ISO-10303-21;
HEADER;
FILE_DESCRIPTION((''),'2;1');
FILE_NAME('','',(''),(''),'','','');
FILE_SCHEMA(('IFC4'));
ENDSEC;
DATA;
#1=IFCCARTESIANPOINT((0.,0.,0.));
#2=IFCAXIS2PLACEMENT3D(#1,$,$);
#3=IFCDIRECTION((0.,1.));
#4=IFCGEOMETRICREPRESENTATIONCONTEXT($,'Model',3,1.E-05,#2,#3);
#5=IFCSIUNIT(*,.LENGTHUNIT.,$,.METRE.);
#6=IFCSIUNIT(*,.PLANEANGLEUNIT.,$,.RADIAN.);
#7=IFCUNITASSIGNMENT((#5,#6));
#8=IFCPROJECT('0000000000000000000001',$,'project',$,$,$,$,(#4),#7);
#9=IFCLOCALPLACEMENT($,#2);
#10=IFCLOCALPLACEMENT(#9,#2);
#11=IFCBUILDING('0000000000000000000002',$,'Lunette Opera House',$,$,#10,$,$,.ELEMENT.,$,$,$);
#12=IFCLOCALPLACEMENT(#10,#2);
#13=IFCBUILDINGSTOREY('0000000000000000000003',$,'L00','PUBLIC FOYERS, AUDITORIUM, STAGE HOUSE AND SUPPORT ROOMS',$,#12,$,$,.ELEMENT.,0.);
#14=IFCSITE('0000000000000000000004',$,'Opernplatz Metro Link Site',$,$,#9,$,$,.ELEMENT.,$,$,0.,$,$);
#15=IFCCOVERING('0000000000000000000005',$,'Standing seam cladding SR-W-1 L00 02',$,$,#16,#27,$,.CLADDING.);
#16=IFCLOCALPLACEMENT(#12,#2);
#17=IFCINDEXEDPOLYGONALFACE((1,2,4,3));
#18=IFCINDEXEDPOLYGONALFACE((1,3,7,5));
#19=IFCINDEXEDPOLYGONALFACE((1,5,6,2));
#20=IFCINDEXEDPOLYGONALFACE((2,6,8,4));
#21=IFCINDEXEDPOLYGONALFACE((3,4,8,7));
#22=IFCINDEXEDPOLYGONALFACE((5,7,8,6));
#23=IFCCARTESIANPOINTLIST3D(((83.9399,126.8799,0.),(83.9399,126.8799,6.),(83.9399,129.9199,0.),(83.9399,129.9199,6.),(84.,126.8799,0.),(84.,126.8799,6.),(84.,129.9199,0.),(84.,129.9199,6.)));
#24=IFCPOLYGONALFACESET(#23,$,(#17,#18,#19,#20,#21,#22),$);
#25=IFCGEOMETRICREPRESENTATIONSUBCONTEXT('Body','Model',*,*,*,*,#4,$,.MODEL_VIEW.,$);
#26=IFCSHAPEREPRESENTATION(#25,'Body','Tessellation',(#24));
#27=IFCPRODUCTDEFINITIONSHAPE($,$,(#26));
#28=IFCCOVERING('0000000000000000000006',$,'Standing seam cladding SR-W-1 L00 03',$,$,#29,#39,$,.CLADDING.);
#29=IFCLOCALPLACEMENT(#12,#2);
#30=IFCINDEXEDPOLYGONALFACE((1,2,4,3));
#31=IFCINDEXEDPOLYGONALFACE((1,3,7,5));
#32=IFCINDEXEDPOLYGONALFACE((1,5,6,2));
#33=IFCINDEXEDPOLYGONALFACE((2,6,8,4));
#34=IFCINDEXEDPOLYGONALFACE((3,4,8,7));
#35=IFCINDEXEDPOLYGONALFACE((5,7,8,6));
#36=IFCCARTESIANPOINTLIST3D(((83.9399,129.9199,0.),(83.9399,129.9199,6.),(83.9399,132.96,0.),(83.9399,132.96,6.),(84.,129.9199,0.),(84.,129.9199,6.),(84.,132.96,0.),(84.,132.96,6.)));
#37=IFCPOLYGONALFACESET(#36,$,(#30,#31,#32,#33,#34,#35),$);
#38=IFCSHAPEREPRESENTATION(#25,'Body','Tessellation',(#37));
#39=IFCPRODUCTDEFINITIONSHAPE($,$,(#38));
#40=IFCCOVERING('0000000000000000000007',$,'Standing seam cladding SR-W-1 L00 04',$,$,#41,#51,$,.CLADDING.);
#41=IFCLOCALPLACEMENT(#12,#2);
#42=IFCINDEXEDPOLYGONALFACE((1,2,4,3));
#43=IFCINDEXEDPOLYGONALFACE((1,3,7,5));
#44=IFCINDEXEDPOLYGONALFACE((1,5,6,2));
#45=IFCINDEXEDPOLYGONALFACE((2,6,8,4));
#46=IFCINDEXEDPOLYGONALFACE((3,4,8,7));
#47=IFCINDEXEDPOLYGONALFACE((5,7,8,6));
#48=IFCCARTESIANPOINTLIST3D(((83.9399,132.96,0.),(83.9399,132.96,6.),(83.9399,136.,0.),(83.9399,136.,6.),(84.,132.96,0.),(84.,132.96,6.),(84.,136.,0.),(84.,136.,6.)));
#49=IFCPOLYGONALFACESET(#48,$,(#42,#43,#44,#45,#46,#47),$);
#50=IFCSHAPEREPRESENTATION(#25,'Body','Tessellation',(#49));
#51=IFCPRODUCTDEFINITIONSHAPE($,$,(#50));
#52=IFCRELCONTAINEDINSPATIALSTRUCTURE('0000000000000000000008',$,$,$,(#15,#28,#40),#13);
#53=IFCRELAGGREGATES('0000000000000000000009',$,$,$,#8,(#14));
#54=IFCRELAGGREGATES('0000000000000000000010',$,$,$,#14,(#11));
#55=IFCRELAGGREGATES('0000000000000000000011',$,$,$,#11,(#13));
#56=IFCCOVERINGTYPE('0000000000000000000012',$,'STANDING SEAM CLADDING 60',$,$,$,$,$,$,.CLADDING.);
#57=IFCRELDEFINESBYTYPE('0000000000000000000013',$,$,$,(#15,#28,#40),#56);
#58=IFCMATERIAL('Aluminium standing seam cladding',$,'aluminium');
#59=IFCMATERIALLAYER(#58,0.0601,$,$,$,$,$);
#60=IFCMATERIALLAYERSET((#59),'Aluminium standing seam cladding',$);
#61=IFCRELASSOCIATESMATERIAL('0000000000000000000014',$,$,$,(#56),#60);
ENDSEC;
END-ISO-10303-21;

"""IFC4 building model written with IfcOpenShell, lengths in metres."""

from ifc_helpers import new_model, si_unit, direction, frame, origin, origin_2d, place, context, subcontext, project, spatial, rectangle, extrude, material, layer, layer_set, type_object, element, save


model = new_model("IFC4")

# Units and contexts
model_context = context("Model", 3, precision=1e-05, world=origin(), true_north=direction((0.0, 1.0)))
body_context = subcontext(model_context, "Body", "Model", "MODEL_VIEW")
ifc_project = project(units=[si_unit("LENGTHUNIT", "METRE"), si_unit("PLANEANGLEUNIT", "RADIAN")], contexts=[model_context])

# Site, building, storey
site_placement = place(None, origin())
site = spatial("IfcSite", under=ifc_project, at=site_placement, Name="Opernplatz Metro Link Site", CompositionType="ELEMENT", RefElevation=0.0)
building_placement = place(site_placement, origin())
building = spatial("IfcBuilding", under=site, at=building_placement, Name="Lunette Opera House", CompositionType="ELEMENT")
storey_placement = place(building_placement, origin())
storey = spatial("IfcBuildingStorey", under=building, at=storey_placement, Name="L00", Description="PUBLIC FOYERS, AUDITORIUM, STAGE HOUSE AND SUPPORT ROOMS", CompositionType="ELEMENT", Elevation=0.0)

# Coverings
ifc_material_1 = material(Name="Aluminium standing seam cladding", Category="aluminium")
ifc_layer_1 = layer(ifc_material_1, 0.0601)
ifc_layer_set_1 = layer_set([ifc_layer_1], Name="Aluminium standing seam cladding")
covering_type = type_object("IfcCoveringType", Name="STANDING SEAM CLADDING 60", PredefinedType="CLADDING", material=ifc_layer_set_1)
for number, where, z_axis, x_axis, name in (
    (1, (83.97, 128.3999, 0.0), (0.0, 0.0, 1.0), (0.0, 1.0, 0.0), "Standing seam cladding SR-W-1 L00 02"),
    (2, (83.97, 131.4399, 0.0), (0.0, 0.0, 1.0), (0.0, 1.0, 0.0), "Standing seam cladding SR-W-1 L00 03"),
    (3, (83.97, 134.48, 0.0), (0.0, 0.0, 1.0), (0.0, 1.0, 0.0), "Standing seam cladding SR-W-1 L00 04"),
):
    element("IfcCovering", number, at=place(storey_placement, frame(where, z_axis=z_axis, x_axis=x_axis)), inside=storey, type_object=covering_type, Name=name, PredefinedType="CLADDING", context=body_context, shape_type="SweptSolid", body=[
        extrude(rectangle(XDim=3.04, YDim=0.0601, at=origin_2d()), origin(), (0.0, 0.0, 1.0), 6.0),
    ])

save(model, "model.ifc")
